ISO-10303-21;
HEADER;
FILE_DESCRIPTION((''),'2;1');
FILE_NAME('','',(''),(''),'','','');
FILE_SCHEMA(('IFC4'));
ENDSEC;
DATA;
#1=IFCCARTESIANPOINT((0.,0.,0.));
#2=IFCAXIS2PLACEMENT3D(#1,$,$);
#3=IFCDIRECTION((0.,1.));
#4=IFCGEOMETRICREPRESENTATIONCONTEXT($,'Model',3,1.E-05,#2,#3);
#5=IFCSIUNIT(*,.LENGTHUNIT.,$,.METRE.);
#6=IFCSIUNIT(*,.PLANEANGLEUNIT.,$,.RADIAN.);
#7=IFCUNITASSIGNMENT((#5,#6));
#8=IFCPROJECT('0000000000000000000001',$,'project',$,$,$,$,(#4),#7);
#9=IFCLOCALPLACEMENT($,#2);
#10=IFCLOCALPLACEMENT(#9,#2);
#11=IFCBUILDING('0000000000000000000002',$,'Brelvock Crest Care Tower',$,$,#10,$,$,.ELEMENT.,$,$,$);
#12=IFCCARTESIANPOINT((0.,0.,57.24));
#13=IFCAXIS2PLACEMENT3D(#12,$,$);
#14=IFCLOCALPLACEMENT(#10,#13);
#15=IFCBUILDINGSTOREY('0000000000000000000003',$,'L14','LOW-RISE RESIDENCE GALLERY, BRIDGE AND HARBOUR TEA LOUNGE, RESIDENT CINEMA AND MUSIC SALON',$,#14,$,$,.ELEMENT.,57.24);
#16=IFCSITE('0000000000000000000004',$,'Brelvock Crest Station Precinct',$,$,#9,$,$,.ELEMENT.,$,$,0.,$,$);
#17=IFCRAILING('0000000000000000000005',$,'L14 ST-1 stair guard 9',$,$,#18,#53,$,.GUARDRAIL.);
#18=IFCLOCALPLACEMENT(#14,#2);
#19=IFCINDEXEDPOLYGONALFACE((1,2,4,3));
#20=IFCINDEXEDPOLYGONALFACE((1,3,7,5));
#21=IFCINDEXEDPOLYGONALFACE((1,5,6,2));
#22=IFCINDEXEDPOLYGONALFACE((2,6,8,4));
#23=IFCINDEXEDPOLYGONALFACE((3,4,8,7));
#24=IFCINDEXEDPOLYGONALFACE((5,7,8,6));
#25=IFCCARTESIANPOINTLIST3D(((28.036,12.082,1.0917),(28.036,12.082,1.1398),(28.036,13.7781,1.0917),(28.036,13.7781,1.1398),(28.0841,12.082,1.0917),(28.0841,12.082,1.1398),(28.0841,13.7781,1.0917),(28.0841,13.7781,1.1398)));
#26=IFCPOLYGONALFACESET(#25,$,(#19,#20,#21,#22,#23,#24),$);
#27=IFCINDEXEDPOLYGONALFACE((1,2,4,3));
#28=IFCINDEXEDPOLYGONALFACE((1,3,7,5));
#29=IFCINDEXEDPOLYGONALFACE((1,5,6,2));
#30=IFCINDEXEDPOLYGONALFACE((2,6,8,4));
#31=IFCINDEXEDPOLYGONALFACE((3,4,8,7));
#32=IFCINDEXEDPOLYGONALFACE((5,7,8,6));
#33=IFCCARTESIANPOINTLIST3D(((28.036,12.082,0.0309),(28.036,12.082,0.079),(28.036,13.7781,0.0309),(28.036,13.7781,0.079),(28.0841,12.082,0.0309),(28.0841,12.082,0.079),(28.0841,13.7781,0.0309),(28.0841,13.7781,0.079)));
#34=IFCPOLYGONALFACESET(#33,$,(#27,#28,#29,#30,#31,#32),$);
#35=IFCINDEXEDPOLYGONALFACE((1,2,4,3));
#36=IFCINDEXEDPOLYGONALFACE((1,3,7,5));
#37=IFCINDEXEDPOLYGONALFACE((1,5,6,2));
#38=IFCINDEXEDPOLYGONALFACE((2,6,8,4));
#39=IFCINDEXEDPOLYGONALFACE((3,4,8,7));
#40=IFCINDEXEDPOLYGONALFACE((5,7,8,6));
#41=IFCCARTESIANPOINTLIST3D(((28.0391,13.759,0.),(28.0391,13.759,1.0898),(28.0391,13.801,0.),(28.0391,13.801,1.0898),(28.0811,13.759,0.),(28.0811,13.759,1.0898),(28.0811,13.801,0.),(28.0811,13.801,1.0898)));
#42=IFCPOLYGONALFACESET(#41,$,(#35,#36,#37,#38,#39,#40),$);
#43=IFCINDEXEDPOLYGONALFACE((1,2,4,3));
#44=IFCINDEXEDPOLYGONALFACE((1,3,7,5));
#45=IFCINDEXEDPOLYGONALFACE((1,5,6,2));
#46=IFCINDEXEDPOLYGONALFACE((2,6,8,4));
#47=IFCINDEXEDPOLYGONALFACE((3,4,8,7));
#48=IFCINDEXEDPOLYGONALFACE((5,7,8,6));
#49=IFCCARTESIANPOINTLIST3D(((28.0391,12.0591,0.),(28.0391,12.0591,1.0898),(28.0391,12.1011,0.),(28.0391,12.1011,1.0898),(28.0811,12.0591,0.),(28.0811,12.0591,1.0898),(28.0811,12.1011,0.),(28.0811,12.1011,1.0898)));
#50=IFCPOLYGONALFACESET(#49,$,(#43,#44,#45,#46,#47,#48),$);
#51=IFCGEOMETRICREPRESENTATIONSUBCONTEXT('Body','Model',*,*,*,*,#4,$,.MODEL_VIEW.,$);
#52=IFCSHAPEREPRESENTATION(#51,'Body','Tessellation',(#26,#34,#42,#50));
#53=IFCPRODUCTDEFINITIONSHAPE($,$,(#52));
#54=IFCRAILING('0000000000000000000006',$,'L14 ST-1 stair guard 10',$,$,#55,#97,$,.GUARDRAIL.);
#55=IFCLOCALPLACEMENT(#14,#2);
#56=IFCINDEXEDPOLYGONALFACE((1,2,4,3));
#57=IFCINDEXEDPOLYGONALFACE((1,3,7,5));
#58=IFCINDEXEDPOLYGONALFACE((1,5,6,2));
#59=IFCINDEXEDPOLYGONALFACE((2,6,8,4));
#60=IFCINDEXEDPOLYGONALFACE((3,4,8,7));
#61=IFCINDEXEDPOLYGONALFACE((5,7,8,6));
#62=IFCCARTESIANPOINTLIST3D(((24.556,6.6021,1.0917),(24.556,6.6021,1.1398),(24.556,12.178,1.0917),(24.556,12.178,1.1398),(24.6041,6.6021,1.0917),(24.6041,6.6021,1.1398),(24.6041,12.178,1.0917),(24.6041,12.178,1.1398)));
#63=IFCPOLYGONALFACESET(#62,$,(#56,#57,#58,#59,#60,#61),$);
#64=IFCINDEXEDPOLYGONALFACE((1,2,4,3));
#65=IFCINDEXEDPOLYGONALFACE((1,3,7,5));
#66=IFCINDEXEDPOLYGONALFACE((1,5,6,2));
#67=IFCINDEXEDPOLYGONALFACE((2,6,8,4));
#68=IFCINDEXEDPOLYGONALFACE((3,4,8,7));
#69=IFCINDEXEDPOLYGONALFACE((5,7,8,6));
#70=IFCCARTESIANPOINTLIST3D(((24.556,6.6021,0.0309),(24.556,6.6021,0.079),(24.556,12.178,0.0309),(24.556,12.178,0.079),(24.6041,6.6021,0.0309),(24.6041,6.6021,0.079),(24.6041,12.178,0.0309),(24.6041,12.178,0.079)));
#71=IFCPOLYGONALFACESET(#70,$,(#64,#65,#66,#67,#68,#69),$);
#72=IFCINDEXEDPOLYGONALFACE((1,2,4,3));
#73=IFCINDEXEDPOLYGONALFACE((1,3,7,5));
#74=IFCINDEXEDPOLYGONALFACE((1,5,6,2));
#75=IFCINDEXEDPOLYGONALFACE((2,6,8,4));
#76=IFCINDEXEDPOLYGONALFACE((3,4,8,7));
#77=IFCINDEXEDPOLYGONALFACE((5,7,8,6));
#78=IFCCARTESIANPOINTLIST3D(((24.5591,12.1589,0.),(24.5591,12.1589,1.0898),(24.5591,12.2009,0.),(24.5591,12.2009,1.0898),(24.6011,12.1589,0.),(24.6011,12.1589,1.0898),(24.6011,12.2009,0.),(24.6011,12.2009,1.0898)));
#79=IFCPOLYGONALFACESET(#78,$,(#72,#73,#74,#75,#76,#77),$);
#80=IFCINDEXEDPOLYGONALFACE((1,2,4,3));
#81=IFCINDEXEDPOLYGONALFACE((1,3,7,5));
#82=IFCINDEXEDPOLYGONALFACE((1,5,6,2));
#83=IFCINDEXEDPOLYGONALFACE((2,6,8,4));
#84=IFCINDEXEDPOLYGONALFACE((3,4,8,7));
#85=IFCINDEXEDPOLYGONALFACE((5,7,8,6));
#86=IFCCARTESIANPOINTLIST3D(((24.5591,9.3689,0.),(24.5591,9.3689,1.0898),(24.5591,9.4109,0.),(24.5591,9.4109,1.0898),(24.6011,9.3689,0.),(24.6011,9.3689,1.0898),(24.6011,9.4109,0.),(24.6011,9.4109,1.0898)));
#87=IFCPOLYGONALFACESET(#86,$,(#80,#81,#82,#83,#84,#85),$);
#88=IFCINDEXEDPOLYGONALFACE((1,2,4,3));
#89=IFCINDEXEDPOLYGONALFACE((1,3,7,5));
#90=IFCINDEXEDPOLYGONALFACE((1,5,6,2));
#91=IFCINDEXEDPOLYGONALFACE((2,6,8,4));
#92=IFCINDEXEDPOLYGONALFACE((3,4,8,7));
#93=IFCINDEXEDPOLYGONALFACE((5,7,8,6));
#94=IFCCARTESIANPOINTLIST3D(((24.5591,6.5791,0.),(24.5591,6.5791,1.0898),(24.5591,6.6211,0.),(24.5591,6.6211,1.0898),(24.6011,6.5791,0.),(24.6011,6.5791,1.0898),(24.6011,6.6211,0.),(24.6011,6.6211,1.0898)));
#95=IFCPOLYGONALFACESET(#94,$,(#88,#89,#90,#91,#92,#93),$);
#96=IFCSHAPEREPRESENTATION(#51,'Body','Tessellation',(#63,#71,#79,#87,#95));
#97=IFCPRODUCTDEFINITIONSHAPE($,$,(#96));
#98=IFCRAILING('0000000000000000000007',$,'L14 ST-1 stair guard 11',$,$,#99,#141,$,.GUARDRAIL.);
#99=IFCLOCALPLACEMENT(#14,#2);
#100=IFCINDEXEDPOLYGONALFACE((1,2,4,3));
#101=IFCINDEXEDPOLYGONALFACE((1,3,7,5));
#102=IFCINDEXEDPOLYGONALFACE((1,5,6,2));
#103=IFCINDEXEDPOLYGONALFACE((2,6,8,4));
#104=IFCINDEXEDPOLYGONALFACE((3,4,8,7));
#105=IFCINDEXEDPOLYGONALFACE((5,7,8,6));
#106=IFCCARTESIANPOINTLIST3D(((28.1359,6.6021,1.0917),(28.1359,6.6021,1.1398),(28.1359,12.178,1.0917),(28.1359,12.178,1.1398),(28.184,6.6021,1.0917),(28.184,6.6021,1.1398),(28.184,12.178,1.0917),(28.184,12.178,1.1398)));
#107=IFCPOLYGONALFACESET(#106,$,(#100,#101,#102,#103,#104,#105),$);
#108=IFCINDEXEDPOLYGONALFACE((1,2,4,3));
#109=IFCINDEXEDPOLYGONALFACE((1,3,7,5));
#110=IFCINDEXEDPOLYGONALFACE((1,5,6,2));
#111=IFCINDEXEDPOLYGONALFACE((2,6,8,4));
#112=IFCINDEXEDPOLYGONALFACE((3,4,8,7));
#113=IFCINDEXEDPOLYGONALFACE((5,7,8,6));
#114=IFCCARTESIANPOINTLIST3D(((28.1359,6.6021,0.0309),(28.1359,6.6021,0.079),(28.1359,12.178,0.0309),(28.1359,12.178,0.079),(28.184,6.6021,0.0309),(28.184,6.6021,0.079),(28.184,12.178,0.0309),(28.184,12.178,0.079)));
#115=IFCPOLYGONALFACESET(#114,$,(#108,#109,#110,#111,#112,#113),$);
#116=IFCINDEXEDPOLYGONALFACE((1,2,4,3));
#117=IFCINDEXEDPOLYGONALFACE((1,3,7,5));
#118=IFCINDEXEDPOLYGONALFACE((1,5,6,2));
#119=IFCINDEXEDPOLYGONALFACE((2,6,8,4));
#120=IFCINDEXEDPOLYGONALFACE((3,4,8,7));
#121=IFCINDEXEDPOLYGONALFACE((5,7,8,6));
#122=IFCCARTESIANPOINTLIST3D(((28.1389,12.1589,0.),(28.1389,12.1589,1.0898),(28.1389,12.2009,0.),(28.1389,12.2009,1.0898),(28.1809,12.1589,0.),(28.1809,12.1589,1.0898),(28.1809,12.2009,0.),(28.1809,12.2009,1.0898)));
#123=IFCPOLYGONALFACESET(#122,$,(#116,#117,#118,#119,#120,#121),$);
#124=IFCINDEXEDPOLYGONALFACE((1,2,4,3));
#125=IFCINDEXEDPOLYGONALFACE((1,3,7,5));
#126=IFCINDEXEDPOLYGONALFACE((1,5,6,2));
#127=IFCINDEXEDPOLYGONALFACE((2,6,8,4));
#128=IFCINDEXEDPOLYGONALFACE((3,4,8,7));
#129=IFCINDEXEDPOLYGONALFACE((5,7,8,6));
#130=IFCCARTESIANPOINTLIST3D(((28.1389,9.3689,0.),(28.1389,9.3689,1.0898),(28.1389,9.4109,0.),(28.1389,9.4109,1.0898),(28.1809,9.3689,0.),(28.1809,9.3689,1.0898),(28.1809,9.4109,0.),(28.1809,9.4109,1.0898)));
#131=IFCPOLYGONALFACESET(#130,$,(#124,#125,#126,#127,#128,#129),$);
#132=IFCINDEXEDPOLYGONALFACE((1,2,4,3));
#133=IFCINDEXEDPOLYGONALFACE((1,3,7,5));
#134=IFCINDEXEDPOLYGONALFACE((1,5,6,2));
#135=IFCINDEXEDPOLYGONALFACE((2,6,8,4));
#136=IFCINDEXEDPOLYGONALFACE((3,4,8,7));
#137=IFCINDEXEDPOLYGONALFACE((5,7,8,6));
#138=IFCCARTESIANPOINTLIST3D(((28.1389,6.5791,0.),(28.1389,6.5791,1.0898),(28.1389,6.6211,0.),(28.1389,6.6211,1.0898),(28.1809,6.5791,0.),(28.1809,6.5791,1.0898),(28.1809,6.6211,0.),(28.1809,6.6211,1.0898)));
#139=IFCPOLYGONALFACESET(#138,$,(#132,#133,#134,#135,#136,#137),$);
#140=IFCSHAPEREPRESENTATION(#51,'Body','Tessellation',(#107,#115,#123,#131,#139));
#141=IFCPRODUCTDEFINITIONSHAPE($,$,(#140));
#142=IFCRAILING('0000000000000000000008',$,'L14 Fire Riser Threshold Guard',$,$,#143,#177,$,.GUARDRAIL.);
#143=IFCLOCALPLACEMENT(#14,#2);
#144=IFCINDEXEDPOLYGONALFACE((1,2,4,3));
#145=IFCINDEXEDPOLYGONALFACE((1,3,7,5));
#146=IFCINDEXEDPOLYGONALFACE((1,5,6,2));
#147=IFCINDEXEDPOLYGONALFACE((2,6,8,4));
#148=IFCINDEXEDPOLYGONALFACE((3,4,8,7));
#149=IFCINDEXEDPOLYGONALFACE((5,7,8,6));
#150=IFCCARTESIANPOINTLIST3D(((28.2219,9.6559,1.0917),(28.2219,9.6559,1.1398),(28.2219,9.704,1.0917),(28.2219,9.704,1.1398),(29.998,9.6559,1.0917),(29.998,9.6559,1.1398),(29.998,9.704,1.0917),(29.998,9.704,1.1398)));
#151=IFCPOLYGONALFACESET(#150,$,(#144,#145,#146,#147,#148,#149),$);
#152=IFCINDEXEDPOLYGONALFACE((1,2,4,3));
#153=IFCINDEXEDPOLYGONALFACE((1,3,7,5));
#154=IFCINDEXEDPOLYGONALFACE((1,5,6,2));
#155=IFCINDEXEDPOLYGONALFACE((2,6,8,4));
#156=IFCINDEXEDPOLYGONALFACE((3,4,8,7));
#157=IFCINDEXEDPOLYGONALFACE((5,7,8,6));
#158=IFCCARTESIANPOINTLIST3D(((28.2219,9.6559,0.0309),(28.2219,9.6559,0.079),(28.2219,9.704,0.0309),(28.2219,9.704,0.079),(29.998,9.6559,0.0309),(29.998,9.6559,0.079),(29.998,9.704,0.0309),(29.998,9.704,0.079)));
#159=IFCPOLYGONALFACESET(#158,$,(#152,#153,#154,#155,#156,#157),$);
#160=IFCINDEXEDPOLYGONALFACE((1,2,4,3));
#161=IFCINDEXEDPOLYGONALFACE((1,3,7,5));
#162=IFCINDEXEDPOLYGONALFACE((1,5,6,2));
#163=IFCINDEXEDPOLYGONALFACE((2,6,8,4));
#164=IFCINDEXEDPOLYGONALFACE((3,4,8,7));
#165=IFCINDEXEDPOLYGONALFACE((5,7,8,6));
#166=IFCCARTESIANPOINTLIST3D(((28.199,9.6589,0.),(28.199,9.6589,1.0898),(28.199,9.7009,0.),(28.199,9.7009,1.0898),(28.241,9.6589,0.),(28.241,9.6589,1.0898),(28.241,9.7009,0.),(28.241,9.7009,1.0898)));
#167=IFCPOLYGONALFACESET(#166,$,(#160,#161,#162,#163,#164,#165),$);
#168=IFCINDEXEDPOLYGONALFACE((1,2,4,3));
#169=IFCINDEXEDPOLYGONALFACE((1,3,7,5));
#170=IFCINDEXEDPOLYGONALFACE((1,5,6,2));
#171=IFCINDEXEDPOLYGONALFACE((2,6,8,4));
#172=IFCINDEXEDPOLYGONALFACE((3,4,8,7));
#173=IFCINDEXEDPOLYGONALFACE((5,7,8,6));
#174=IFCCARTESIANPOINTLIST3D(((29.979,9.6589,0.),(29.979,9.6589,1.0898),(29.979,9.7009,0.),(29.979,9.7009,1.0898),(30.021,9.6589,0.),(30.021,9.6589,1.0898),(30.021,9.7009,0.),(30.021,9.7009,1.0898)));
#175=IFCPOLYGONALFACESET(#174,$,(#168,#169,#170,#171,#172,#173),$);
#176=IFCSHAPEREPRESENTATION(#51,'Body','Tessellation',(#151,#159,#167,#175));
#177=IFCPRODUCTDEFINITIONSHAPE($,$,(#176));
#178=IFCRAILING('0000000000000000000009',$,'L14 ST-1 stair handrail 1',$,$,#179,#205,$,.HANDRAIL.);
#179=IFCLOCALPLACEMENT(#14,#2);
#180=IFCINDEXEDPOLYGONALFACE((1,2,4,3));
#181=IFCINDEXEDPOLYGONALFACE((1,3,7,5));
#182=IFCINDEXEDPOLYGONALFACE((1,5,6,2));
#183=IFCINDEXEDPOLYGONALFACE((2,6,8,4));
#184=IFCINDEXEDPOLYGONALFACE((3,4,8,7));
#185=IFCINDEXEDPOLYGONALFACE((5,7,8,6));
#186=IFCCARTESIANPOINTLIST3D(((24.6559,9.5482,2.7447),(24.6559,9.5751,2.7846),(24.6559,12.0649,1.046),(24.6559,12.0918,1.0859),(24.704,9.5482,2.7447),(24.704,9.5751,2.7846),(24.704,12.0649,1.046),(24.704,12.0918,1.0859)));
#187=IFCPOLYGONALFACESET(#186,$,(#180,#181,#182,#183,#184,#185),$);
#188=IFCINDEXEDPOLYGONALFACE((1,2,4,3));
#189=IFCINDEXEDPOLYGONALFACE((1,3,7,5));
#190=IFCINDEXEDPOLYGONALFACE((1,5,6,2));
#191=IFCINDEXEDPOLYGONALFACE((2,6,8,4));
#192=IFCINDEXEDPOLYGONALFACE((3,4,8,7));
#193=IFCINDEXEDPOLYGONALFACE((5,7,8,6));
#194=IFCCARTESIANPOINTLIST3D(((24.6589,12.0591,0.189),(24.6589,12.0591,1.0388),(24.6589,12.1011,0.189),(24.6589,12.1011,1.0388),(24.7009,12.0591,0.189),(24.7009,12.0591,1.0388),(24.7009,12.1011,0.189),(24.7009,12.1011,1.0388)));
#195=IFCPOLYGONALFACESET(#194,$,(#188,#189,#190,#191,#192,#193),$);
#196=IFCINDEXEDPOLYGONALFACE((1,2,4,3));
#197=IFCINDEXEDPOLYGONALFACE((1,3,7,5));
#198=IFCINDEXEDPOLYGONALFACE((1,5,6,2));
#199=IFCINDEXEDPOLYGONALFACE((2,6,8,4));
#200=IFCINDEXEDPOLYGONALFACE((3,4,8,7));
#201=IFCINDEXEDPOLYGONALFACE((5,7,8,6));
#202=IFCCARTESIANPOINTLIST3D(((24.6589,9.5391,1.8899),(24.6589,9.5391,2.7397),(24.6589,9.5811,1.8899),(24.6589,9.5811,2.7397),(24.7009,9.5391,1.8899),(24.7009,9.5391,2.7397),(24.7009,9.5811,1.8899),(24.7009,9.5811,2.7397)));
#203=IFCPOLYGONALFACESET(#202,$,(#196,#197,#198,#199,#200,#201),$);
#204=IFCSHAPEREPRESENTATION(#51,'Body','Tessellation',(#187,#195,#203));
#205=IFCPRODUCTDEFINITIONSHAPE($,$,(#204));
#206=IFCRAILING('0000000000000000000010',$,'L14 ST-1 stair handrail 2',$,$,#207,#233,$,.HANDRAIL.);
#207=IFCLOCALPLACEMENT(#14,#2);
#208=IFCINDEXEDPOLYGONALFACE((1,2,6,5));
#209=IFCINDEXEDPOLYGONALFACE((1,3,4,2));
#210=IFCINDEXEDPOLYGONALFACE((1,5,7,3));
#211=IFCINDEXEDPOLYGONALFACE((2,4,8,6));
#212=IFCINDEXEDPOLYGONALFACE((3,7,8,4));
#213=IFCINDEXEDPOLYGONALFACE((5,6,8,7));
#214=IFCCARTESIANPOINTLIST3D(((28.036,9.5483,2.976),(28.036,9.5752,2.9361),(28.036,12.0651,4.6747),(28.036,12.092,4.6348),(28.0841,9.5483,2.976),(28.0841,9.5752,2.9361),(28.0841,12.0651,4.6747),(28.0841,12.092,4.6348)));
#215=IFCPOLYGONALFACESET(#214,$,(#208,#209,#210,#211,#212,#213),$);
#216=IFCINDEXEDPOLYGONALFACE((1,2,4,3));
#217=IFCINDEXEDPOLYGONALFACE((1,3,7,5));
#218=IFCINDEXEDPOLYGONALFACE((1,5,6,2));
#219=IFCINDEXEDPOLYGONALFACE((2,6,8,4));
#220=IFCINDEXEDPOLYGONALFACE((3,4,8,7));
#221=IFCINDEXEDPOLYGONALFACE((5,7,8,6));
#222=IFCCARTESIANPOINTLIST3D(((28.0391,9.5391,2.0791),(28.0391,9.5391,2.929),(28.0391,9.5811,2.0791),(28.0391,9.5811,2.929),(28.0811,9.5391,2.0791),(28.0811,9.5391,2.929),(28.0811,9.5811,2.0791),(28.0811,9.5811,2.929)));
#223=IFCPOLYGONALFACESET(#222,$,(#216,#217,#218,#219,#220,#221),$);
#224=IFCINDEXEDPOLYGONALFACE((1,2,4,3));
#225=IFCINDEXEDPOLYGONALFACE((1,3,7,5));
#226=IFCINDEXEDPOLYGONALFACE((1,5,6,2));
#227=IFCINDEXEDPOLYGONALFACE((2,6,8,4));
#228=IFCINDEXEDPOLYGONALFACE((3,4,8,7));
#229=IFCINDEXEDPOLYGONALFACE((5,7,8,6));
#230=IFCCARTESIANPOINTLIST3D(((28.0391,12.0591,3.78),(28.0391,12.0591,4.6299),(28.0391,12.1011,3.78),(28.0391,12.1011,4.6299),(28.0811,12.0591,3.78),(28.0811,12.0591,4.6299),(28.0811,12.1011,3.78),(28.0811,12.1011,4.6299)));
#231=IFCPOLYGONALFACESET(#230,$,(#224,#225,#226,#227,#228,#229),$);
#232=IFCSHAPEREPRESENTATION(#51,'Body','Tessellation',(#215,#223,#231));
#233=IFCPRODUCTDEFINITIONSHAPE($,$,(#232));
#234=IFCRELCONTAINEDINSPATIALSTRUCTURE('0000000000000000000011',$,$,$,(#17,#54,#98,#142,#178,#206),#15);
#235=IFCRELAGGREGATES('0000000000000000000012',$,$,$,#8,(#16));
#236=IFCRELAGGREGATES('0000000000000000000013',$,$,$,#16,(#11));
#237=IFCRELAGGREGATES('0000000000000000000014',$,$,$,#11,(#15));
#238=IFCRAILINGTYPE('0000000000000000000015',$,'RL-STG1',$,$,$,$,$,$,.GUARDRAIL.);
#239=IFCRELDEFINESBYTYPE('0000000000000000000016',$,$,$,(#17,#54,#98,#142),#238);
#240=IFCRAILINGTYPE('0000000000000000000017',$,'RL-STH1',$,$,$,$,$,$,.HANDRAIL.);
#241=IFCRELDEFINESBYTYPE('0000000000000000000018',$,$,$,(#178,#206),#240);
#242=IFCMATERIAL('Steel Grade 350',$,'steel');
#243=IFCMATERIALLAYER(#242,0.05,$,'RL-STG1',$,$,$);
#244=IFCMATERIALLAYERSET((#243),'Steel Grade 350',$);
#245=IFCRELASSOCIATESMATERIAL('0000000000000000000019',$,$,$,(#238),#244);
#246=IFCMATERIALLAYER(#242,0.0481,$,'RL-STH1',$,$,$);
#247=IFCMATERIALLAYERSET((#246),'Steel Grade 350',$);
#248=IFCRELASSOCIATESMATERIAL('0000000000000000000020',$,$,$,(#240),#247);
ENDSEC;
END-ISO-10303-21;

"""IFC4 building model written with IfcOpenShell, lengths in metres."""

from ifc_helpers import new_model, si_unit, direction, frame, origin, origin_2d, place, context, subcontext, project, spatial, rectangle, extrude, material, layer, layer_set, type_object, element, save


model = new_model("IFC4")

# Units and contexts
model_context = context("Model", 3, precision=1e-05, world=origin(), true_north=direction((0.0, 1.0)))
body_context = subcontext(model_context, "Body", "Model", "MODEL_VIEW")
ifc_project = project(units=[si_unit("LENGTHUNIT", "METRE"), si_unit("PLANEANGLEUNIT", "RADIAN")], contexts=[model_context])

# Site, building, storey
site_placement = place(None, origin())
site = spatial("IfcSite", under=ifc_project, at=site_placement, Name="Brelvock Crest Station Precinct", CompositionType="ELEMENT", RefElevation=0.0)
building_placement = place(site_placement, origin())
building = spatial("IfcBuilding", under=site, at=building_placement, Name="Brelvock Crest Care Tower", CompositionType="ELEMENT")
storey_placement = place(building_placement, frame((0.0, 0.0, 57.24)))
storey = spatial("IfcBuildingStorey", under=building, at=storey_placement, Name="L14", Description="LOW-RISE RESIDENCE GALLERY, BRIDGE AND HARBOUR TEA LOUNGE, RESIDENT CINEMA AND MUSIC SALON", CompositionType="ELEMENT", Elevation=57.24)

# Shared definitions
ifc_material_1 = material(Name="Steel Grade 350", Category="steel")

# Railings
ifc_layer_1 = layer(ifc_material_1, 0.05, Name="RL-STG1")
ifc_layer_set_1 = layer_set([ifc_layer_1], Name="Steel Grade 350")
railing_type_1 = type_object("IfcRailingType", Name="RL-STG1", PredefinedType="GUARDRAIL", material=ifc_layer_set_1)
for number, where, name in (
    (1, (28.0601, 13.78, 0.0), "L14 ST-1 stair guard 9"),
):
    element("IfcRailing", number, at=place(storey_placement, frame(where)), inside=storey, type_object=railing_type_1, Name=name, PredefinedType="GUARDRAIL", context=body_context, shape_type="SweptSolid", body=[
        extrude(rectangle(XDim=0.0481, YDim=0.0481, at=origin_2d()), frame((0.0, -0.002, 1.1157), z_axis=(0.0, -1.0, 0.0), x_axis=(1.0, 0.0, 0.0)), (0.0, 0.0, 1.0), 1.696),
        extrude(rectangle(XDim=0.0481, YDim=0.0481, at=origin_2d()), frame((0.0, -0.002, 0.0549), z_axis=(0.0, -1.0, 0.0), x_axis=(1.0, 0.0, 0.0)), (0.0, 0.0, 1.0), 1.696),
        extrude(rectangle(XDim=0.042, YDim=0.042, at=origin_2d()), origin(), (0.0, 0.0, 1.0), 1.0898),
        extrude(rectangle(XDim=0.042, YDim=0.042, at=origin_2d()), frame((0.0, -1.7, 0.0)), (0.0, 0.0, 1.0), 1.0898),
    ])
for number, where, name in (
    (2, (24.5801, 12.1799, 0.0), "L14 ST-1 stair guard 10"),
    (3, (28.1599, 12.1799, 0.0), "L14 ST-1 stair guard 11"),
):
    element("IfcRailing", number, at=place(storey_placement, frame(where)), inside=storey, type_object=railing_type_1, Name=name, PredefinedType="GUARDRAIL", context=body_context, shape_type="SweptSolid", body=[
        extrude(rectangle(XDim=0.0481, YDim=0.0481, at=origin_2d()), frame((0.0, -0.002, 1.1157), z_axis=(0.0, -1.0, 0.0), x_axis=(1.0, 0.0, 0.0)), (0.0, 0.0, 1.0), 5.5759),
        extrude(rectangle(XDim=0.0481, YDim=0.0481, at=origin_2d()), frame((0.0, -0.002, 0.0549), z_axis=(0.0, -1.0, 0.0), x_axis=(1.0, 0.0, 0.0)), (0.0, 0.0, 1.0), 5.5759),
        extrude(rectangle(XDim=0.042, YDim=0.042, at=origin_2d()), origin(), (0.0, 0.0, 1.0), 1.0898),
        extrude(rectangle(XDim=0.042, YDim=0.042, at=origin_2d()), frame((0.0, -2.79, 0.0)), (0.0, 0.0, 1.0), 1.0898),
        extrude(rectangle(XDim=0.042, YDim=0.042, at=origin_2d()), frame((0.0, -5.5798, 0.0)), (0.0, 0.0, 1.0), 1.0898),
    ])
railing_1_placement = place(storey_placement, frame((28.22, 9.6799, 0.0)))
element("IfcRailing", 4, at=railing_1_placement, inside=storey, type_object=railing_type_1, Name="L14 Fire Riser Threshold Guard", PredefinedType="GUARDRAIL", context=body_context, shape_type="SweptSolid", body=[
    extrude(rectangle(XDim=0.0481, YDim=0.0481, at=origin_2d()), frame((0.002, 0.0, 1.1157), z_axis=(1.0, 0.0, 0.0), x_axis=(0.0, 1.0, 0.0)), (0.0, 0.0, 1.0), 1.7761),
    extrude(rectangle(XDim=0.0481, YDim=0.0481, at=origin_2d()), frame((0.002, 0.0, 0.0549), z_axis=(1.0, 0.0, 0.0), x_axis=(0.0, 1.0, 0.0)), (0.0, 0.0, 1.0), 1.7761),
    extrude(rectangle(XDim=0.042, YDim=0.042, at=origin_2d()), origin(), (0.0, 0.0, 1.0), 1.0898),
    extrude(rectangle(XDim=0.042, YDim=0.042, at=origin_2d()), frame((1.78, 0.0, 0.0)), (0.0, 0.0, 1.0), 1.0898),
])
ifc_layer_2 = layer(ifc_material_1, 0.0481, Name="RL-STH1")
ifc_layer_set_2 = layer_set([ifc_layer_2], Name="Steel Grade 350")
railing_type_2 = type_object("IfcRailingType", Name="RL-STH1", PredefinedType="HANDRAIL", material=ifc_layer_set_2)
railing_2_placement = place(storey_placement, frame((24.6799, 12.0801, 0.189)))
element("IfcRailing", 5, at=railing_2_placement, inside=storey, type_object=railing_type_2, Name="L14 ST-1 stair handrail 1", PredefinedType="HANDRAIL", context=body_context, shape_type="SweptSolid", body=[
    extrude(rectangle(XDim=0.0481, YDim=0.0481, at=origin_2d()), frame((0.0, -0.0017, 0.877), z_axis=(0.0, -0.828862, 0.559454), x_axis=(1.0, 0.0, 0.0)), (0.0, 0.0, 1.0), 3.0364),
    extrude(rectangle(XDim=0.042, YDim=0.042, at=origin_2d()), origin(), (0.0, 0.0, 1.0), 0.8499),
    extrude(rectangle(XDim=0.042, YDim=0.042, at=origin_2d()), frame((0.0, -2.52, 1.7009)), (0.0, 0.0, 1.0), 0.8499),
])
railing_3_placement = place(storey_placement, frame((28.0601, 9.5601, 2.0791)))
element("IfcRailing", 6, at=railing_3_placement, inside=storey, type_object=railing_type_2, Name="L14 ST-1 stair handrail 2", PredefinedType="HANDRAIL", context=body_context, shape_type="SweptSolid", body=[
    extrude(rectangle(XDim=0.0481, YDim=0.0481, at=origin_2d()), frame((0.0, 0.0017, 0.877), z_axis=(0.0, 0.828862, 0.559454), x_axis=(-1.0, 0.0, 0.0)), (0.0, 0.0, 1.0), 3.0364),
    extrude(rectangle(XDim=0.042, YDim=0.042, at=origin_2d()), origin(), (0.0, 0.0, 1.0), 0.8499),
    extrude(rectangle(XDim=0.042, YDim=0.042, at=origin_2d()), frame((0.0, 2.52, 1.7009)), (0.0, 0.0, 1.0), 0.8499),
])

save(model, "model.ifc")
